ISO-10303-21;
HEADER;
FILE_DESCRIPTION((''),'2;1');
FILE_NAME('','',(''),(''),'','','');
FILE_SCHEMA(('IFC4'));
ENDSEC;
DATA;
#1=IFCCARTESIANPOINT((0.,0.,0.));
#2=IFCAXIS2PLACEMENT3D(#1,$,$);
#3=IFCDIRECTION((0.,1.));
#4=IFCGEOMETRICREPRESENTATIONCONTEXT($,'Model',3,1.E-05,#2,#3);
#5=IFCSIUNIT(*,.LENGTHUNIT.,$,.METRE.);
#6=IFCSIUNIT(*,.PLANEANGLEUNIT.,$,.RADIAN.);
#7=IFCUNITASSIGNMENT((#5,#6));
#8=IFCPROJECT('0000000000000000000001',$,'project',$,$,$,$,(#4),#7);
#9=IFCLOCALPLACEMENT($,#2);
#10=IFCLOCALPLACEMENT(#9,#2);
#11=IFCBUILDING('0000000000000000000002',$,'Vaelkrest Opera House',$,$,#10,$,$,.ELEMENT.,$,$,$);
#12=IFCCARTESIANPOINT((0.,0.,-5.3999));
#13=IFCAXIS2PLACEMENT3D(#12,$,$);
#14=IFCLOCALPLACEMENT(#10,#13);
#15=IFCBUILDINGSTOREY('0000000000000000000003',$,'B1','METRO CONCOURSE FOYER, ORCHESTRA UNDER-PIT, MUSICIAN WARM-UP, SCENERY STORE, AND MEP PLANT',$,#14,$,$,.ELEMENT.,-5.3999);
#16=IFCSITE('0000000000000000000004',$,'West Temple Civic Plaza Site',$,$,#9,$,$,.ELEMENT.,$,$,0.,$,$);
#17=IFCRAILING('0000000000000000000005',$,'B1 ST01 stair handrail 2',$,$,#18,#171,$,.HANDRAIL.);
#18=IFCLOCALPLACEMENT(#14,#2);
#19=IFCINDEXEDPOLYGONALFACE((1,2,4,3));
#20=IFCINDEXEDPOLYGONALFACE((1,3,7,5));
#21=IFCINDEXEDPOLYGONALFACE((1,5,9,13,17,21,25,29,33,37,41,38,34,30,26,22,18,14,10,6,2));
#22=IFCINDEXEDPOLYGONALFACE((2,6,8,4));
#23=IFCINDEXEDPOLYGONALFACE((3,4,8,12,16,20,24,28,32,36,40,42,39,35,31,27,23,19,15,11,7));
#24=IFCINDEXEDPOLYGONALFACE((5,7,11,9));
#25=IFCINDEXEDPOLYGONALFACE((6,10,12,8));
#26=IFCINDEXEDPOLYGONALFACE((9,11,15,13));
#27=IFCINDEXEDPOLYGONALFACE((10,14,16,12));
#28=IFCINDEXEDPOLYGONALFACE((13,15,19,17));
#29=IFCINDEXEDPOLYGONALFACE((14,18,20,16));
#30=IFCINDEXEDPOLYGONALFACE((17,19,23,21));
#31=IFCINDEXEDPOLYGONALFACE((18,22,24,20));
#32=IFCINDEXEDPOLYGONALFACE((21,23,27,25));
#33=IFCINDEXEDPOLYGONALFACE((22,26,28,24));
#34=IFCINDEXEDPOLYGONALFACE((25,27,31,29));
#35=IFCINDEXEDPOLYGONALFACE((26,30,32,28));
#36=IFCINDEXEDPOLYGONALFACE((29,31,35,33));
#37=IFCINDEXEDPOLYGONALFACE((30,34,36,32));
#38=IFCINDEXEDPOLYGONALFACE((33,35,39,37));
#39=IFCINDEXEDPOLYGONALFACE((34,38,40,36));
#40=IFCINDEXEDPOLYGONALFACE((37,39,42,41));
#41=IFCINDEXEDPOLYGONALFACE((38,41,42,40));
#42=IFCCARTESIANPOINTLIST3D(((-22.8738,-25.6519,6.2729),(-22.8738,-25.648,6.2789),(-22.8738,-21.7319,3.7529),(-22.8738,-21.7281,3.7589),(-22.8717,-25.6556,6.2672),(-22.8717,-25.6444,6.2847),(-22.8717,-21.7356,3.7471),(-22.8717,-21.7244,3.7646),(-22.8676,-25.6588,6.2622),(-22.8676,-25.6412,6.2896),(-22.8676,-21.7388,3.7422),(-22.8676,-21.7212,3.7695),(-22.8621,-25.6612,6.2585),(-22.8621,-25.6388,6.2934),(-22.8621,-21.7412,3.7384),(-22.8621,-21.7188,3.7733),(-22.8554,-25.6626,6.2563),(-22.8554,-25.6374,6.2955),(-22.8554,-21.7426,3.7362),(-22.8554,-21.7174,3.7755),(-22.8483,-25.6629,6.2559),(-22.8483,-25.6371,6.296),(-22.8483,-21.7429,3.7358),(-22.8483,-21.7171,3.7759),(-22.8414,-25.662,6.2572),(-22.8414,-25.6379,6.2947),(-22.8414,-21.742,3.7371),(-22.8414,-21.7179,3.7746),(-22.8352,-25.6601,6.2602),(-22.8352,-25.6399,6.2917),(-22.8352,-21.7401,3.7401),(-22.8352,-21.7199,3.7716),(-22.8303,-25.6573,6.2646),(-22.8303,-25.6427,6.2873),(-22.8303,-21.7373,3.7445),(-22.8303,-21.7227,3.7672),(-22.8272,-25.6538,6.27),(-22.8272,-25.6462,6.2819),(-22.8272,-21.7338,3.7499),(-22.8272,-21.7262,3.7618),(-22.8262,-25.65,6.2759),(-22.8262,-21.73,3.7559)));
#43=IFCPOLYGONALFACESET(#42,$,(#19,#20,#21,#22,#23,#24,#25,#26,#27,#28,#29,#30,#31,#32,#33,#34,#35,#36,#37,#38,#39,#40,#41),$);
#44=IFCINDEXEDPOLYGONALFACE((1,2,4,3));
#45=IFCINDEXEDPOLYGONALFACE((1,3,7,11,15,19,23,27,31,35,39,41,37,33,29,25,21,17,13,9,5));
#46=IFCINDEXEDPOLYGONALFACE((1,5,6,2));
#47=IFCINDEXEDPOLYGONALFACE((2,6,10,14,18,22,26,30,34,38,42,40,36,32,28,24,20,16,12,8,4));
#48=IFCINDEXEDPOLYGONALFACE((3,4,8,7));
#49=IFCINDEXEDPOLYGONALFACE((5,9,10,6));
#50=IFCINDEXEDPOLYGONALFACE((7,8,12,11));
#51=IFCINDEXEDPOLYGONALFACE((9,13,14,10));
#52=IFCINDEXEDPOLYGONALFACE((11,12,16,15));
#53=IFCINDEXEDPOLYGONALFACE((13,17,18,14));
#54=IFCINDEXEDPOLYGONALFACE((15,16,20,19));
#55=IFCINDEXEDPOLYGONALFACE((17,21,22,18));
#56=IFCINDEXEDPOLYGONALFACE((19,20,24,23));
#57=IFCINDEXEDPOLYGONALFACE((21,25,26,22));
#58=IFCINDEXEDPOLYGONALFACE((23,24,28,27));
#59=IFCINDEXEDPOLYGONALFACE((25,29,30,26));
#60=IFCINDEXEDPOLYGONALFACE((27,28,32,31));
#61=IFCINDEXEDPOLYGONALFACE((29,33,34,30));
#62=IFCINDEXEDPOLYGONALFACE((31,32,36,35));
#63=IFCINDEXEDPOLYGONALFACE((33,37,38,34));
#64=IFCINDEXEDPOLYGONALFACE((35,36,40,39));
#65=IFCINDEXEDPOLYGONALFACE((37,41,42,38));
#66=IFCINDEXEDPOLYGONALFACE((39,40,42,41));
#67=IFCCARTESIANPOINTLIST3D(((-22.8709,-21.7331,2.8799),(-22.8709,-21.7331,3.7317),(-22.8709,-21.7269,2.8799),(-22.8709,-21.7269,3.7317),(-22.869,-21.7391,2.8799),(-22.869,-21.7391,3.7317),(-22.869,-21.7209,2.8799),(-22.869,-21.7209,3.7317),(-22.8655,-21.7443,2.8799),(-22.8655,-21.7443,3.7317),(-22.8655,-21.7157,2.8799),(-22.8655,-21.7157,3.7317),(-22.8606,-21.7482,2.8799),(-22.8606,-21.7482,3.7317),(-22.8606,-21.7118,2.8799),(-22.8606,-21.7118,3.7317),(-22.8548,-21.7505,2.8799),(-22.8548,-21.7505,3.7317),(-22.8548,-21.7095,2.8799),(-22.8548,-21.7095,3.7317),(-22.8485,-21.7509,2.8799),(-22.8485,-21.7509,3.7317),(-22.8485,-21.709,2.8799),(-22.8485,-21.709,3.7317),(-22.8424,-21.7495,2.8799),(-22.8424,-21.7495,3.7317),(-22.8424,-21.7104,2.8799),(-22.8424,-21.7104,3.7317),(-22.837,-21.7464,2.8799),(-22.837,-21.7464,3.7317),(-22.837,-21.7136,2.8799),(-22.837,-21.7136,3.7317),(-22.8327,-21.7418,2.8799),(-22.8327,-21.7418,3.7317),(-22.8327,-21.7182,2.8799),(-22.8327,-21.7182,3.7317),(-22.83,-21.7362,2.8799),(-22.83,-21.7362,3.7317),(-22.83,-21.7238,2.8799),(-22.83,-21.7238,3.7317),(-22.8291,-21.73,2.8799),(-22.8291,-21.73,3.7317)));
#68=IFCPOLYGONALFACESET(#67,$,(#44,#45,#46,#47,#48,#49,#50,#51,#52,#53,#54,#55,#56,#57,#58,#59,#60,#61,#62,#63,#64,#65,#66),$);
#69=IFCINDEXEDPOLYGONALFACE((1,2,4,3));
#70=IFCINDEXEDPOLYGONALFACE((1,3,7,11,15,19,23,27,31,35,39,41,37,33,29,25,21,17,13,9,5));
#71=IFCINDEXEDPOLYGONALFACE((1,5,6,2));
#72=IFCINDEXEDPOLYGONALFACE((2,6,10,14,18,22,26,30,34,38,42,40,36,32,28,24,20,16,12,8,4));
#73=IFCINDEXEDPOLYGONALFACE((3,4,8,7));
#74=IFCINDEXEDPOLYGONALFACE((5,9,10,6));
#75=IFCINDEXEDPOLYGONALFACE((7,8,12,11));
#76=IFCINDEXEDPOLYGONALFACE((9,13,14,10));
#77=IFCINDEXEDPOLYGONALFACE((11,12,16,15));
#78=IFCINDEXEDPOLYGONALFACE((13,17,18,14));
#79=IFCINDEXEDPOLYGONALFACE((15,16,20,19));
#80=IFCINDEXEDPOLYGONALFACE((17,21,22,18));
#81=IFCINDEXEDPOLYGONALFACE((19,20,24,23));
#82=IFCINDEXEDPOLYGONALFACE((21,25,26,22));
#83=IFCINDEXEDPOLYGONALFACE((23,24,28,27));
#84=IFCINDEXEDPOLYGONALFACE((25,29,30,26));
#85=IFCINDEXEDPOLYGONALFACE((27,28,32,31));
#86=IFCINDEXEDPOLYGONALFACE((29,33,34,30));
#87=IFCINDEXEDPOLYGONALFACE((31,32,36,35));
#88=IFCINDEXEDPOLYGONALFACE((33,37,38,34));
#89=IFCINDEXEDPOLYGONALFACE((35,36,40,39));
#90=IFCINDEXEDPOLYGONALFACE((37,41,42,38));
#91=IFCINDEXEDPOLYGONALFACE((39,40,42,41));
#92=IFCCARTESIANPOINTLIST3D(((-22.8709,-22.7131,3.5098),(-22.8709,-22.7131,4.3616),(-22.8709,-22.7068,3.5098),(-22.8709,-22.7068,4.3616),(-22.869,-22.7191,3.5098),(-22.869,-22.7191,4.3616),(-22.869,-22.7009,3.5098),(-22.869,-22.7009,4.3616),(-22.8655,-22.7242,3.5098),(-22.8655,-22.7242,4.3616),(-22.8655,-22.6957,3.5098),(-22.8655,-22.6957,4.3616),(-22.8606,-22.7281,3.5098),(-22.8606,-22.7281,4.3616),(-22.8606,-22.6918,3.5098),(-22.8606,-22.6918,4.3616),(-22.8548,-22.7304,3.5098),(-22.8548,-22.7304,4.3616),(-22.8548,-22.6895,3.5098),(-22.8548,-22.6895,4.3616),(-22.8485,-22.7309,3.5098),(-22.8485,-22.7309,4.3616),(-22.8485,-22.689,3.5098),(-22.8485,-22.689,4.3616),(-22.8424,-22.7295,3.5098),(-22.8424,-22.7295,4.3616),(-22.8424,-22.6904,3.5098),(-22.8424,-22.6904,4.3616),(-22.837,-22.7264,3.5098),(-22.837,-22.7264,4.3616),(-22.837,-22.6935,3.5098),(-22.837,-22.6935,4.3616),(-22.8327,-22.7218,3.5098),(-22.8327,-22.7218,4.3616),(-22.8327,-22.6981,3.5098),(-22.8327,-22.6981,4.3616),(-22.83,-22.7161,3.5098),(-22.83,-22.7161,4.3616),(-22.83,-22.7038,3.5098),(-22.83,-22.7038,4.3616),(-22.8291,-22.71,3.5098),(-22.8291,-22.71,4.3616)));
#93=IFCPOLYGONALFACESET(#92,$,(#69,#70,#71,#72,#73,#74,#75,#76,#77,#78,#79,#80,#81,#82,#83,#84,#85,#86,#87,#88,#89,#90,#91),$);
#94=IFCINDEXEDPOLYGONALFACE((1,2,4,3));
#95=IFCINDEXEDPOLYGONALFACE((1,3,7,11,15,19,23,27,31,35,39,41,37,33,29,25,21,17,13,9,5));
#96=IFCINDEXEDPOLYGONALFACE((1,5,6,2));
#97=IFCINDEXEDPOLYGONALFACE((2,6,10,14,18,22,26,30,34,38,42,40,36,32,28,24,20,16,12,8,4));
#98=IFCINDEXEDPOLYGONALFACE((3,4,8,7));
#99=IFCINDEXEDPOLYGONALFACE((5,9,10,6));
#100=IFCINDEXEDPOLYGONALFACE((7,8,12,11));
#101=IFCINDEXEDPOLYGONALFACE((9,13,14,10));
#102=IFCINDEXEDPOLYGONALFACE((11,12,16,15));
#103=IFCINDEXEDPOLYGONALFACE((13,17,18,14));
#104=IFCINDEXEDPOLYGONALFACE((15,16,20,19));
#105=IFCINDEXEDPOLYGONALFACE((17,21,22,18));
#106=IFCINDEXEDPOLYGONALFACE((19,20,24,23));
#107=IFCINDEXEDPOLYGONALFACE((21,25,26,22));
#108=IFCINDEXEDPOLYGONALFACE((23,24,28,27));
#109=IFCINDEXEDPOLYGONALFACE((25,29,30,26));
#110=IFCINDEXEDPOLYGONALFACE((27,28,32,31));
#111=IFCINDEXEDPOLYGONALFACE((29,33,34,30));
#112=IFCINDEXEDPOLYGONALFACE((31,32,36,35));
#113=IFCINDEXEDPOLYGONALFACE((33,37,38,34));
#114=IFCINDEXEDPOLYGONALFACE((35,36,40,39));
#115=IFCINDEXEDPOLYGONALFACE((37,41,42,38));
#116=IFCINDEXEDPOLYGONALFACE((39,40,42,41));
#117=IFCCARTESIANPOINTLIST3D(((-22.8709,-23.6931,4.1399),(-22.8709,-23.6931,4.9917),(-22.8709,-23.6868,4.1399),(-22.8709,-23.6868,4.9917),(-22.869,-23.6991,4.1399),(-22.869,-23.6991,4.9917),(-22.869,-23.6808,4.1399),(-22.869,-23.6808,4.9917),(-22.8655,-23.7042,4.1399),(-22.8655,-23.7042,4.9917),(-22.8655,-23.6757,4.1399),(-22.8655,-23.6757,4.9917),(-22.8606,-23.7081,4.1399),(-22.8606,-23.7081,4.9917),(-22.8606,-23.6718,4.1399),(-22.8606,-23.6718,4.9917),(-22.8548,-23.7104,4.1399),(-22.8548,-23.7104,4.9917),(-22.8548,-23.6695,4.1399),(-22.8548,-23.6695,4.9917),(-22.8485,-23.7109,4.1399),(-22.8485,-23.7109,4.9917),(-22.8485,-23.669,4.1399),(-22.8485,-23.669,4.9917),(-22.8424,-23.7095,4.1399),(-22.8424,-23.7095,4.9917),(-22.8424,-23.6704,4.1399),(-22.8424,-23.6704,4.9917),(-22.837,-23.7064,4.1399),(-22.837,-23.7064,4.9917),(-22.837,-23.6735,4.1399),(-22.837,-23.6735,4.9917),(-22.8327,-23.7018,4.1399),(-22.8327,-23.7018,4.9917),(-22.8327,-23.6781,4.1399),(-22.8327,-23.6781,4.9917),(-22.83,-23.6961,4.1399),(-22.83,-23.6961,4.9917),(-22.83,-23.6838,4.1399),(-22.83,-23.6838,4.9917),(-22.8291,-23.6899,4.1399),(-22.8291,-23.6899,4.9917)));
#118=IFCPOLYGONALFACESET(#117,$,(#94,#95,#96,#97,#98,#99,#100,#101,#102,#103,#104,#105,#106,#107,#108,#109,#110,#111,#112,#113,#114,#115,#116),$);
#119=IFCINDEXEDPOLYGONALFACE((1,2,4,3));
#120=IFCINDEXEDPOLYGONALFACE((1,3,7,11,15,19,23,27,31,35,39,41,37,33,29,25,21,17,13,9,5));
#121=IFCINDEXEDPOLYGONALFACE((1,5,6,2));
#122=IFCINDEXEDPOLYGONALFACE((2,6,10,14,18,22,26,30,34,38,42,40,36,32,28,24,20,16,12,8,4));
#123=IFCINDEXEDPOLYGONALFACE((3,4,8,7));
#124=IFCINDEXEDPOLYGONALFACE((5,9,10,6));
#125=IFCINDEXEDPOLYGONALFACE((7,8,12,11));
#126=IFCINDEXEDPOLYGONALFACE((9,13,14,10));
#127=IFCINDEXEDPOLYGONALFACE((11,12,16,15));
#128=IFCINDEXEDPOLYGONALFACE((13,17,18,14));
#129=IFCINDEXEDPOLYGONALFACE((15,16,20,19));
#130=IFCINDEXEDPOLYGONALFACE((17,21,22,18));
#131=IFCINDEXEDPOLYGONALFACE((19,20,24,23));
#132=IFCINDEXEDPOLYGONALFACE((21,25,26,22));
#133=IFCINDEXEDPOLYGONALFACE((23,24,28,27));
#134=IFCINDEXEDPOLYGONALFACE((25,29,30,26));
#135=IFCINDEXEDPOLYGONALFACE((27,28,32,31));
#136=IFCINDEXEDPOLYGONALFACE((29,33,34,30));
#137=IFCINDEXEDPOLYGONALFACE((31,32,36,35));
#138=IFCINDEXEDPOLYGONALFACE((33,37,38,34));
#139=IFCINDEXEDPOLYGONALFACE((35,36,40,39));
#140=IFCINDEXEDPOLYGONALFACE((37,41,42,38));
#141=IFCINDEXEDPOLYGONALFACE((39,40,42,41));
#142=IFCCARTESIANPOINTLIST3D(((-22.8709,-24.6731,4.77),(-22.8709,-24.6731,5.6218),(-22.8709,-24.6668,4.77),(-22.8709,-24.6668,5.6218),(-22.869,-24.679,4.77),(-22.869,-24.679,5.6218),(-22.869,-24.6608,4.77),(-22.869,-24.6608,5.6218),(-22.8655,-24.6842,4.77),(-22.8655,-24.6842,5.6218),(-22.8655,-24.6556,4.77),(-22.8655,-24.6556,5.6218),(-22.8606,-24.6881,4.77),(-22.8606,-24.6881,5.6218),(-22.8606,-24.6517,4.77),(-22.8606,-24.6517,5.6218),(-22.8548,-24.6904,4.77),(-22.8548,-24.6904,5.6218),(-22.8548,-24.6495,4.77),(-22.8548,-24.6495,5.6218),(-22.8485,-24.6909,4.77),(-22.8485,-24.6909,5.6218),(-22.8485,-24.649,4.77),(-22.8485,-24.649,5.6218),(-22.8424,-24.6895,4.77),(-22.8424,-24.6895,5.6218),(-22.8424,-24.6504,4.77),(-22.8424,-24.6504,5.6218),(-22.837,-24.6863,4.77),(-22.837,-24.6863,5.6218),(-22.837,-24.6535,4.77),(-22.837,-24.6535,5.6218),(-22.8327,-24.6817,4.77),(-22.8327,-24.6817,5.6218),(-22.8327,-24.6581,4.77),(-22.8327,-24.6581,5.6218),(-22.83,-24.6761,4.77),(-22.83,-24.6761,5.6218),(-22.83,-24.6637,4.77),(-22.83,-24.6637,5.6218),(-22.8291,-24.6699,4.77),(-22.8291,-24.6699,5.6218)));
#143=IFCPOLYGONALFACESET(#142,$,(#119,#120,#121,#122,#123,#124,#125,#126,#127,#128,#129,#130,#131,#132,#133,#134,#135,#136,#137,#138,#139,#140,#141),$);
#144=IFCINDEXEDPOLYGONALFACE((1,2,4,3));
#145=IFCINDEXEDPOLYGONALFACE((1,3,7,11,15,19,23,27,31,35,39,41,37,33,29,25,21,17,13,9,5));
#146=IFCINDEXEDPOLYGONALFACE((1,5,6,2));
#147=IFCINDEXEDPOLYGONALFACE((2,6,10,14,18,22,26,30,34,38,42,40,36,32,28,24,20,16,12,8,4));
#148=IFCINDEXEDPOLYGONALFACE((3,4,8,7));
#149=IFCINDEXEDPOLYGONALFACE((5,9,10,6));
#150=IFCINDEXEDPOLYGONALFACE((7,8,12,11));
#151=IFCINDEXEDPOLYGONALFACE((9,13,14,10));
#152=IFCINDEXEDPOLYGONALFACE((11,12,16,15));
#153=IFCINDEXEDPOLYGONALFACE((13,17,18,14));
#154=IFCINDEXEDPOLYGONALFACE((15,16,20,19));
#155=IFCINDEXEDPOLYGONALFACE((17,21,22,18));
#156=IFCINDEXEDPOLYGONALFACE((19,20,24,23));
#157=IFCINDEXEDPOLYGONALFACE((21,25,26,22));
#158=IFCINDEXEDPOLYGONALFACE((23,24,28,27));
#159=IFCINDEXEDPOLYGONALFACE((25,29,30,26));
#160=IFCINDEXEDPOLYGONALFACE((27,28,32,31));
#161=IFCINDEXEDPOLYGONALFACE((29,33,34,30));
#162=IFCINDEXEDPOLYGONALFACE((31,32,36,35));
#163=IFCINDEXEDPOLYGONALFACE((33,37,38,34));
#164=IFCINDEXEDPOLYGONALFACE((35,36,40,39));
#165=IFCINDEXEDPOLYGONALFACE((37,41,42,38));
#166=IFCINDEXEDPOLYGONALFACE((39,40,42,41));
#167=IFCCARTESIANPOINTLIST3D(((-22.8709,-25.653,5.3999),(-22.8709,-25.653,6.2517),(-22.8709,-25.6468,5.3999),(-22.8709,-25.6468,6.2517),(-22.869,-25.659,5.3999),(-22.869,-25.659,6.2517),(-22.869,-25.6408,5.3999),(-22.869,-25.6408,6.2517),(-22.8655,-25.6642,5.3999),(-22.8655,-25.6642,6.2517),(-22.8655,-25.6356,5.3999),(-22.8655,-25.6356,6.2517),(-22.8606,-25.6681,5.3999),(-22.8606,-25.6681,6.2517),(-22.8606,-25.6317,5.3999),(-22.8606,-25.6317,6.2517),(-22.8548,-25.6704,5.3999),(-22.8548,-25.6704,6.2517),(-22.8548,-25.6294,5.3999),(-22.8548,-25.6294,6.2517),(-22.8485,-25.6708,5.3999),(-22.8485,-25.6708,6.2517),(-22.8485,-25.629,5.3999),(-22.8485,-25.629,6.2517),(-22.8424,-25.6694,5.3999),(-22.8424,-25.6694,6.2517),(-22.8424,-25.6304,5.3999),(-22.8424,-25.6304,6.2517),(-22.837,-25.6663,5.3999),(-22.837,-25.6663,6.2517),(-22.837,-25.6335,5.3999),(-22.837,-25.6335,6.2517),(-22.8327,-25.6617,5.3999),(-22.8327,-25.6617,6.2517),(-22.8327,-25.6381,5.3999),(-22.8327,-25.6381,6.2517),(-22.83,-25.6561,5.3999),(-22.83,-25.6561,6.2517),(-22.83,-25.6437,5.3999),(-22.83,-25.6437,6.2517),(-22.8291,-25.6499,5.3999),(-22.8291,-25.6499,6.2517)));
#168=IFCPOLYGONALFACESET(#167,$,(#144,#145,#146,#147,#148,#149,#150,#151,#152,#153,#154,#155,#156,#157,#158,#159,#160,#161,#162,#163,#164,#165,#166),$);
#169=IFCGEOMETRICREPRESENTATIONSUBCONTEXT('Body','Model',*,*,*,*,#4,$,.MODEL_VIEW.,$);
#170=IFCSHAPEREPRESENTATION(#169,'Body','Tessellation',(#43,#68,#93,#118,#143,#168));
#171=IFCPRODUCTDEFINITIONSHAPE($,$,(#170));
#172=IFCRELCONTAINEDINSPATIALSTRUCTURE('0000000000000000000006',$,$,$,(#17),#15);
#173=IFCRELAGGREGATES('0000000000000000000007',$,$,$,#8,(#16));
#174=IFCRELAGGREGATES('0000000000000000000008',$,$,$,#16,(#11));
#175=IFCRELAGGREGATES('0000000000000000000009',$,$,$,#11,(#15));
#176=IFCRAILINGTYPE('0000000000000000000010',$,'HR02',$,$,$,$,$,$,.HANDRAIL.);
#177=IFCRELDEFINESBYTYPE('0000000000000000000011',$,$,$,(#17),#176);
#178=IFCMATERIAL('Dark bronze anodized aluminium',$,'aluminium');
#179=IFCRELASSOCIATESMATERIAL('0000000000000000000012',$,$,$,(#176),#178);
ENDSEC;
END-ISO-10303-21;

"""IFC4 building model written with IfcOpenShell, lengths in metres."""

from ifc_helpers import new_model, si_unit, direction, frame, origin, origin_2d, place, context, subcontext, project, spatial, circle, extrude, material, type_object, element, save


model = new_model("IFC4")

# Units and contexts
model_context = context("Model", 3, precision=1e-05, world=origin(), true_north=direction((0.0, 1.0)))
body_context = subcontext(model_context, "Body", "Model", "MODEL_VIEW")
ifc_project = project(units=[si_unit("LENGTHUNIT", "METRE"), si_unit("PLANEANGLEUNIT", "RADIAN")], contexts=[model_context])

# Site, building, storey
site_placement = place(None, origin())
site = spatial("IfcSite", under=ifc_project, at=site_placement, Name="West Temple Civic Plaza Site", CompositionType="ELEMENT", RefElevation=0.0)
building_placement = place(site_placement, origin())
building = spatial("IfcBuilding", under=site, at=building_placement, Name="Vaelkrest Opera House", CompositionType="ELEMENT")
storey_placement = place(building_placement, frame((0.0, 0.0, -5.3999)))
storey = spatial("IfcBuildingStorey", under=building, at=storey_placement, Name="B1", Description="METRO CONCOURSE FOYER, ORCHESTRA UNDER-PIT, MUSICIAN WARM-UP, SCENERY STORE, AND MEP PLANT", CompositionType="ELEMENT", Elevation=-5.3999)

# Railing
ifc_material_1 = material(Name="Dark bronze anodized aluminium", Category="aluminium")
railing_type_1 = type_object("IfcRailingType", Name="HR02", PredefinedType="HANDRAIL", material=ifc_material_1)
railing_1_placement = place(storey_placement, frame((-22.8501, -21.73, 2.8799)))
element("IfcRailing", 1, at=railing_1_placement, inside=storey, type_object=railing_type_1, Name="B1 ST01 stair handrail 2", PredefinedType="HANDRAIL", context=body_context, shape_type="SweptSolid", body=[
    extrude(circle(Radius=0.0239, at=origin_2d()), frame((0.0, 0.0, 0.876), z_axis=(0.0, -0.841172, 0.540768), x_axis=(1.0, 0.0, 0.0)), (0.0, 0.0, 1.0), 4.6602),
    extrude(circle(Radius=0.021, at=origin_2d()), origin(), (0.0, 0.0, 1.0), 0.8518),
    extrude(circle(Radius=0.021, at=origin_2d()), frame((0.0, -0.98, 0.6299)), (0.0, 0.0, 1.0), 0.8518),
    extrude(circle(Radius=0.021, at=origin_2d()), frame((0.0, -1.96, 1.26)), (0.0, 0.0, 1.0), 0.8518),
    extrude(circle(Radius=0.021, at=origin_2d()), frame((0.0, -2.9399, 1.8901)), (0.0, 0.0, 1.0), 0.8518),
    extrude(circle(Radius=0.021, at=origin_2d()), frame((0.0, -3.9199, 2.52)), (0.0, 0.0, 1.0), 0.8518),
])

save(model, "model.ifc")
